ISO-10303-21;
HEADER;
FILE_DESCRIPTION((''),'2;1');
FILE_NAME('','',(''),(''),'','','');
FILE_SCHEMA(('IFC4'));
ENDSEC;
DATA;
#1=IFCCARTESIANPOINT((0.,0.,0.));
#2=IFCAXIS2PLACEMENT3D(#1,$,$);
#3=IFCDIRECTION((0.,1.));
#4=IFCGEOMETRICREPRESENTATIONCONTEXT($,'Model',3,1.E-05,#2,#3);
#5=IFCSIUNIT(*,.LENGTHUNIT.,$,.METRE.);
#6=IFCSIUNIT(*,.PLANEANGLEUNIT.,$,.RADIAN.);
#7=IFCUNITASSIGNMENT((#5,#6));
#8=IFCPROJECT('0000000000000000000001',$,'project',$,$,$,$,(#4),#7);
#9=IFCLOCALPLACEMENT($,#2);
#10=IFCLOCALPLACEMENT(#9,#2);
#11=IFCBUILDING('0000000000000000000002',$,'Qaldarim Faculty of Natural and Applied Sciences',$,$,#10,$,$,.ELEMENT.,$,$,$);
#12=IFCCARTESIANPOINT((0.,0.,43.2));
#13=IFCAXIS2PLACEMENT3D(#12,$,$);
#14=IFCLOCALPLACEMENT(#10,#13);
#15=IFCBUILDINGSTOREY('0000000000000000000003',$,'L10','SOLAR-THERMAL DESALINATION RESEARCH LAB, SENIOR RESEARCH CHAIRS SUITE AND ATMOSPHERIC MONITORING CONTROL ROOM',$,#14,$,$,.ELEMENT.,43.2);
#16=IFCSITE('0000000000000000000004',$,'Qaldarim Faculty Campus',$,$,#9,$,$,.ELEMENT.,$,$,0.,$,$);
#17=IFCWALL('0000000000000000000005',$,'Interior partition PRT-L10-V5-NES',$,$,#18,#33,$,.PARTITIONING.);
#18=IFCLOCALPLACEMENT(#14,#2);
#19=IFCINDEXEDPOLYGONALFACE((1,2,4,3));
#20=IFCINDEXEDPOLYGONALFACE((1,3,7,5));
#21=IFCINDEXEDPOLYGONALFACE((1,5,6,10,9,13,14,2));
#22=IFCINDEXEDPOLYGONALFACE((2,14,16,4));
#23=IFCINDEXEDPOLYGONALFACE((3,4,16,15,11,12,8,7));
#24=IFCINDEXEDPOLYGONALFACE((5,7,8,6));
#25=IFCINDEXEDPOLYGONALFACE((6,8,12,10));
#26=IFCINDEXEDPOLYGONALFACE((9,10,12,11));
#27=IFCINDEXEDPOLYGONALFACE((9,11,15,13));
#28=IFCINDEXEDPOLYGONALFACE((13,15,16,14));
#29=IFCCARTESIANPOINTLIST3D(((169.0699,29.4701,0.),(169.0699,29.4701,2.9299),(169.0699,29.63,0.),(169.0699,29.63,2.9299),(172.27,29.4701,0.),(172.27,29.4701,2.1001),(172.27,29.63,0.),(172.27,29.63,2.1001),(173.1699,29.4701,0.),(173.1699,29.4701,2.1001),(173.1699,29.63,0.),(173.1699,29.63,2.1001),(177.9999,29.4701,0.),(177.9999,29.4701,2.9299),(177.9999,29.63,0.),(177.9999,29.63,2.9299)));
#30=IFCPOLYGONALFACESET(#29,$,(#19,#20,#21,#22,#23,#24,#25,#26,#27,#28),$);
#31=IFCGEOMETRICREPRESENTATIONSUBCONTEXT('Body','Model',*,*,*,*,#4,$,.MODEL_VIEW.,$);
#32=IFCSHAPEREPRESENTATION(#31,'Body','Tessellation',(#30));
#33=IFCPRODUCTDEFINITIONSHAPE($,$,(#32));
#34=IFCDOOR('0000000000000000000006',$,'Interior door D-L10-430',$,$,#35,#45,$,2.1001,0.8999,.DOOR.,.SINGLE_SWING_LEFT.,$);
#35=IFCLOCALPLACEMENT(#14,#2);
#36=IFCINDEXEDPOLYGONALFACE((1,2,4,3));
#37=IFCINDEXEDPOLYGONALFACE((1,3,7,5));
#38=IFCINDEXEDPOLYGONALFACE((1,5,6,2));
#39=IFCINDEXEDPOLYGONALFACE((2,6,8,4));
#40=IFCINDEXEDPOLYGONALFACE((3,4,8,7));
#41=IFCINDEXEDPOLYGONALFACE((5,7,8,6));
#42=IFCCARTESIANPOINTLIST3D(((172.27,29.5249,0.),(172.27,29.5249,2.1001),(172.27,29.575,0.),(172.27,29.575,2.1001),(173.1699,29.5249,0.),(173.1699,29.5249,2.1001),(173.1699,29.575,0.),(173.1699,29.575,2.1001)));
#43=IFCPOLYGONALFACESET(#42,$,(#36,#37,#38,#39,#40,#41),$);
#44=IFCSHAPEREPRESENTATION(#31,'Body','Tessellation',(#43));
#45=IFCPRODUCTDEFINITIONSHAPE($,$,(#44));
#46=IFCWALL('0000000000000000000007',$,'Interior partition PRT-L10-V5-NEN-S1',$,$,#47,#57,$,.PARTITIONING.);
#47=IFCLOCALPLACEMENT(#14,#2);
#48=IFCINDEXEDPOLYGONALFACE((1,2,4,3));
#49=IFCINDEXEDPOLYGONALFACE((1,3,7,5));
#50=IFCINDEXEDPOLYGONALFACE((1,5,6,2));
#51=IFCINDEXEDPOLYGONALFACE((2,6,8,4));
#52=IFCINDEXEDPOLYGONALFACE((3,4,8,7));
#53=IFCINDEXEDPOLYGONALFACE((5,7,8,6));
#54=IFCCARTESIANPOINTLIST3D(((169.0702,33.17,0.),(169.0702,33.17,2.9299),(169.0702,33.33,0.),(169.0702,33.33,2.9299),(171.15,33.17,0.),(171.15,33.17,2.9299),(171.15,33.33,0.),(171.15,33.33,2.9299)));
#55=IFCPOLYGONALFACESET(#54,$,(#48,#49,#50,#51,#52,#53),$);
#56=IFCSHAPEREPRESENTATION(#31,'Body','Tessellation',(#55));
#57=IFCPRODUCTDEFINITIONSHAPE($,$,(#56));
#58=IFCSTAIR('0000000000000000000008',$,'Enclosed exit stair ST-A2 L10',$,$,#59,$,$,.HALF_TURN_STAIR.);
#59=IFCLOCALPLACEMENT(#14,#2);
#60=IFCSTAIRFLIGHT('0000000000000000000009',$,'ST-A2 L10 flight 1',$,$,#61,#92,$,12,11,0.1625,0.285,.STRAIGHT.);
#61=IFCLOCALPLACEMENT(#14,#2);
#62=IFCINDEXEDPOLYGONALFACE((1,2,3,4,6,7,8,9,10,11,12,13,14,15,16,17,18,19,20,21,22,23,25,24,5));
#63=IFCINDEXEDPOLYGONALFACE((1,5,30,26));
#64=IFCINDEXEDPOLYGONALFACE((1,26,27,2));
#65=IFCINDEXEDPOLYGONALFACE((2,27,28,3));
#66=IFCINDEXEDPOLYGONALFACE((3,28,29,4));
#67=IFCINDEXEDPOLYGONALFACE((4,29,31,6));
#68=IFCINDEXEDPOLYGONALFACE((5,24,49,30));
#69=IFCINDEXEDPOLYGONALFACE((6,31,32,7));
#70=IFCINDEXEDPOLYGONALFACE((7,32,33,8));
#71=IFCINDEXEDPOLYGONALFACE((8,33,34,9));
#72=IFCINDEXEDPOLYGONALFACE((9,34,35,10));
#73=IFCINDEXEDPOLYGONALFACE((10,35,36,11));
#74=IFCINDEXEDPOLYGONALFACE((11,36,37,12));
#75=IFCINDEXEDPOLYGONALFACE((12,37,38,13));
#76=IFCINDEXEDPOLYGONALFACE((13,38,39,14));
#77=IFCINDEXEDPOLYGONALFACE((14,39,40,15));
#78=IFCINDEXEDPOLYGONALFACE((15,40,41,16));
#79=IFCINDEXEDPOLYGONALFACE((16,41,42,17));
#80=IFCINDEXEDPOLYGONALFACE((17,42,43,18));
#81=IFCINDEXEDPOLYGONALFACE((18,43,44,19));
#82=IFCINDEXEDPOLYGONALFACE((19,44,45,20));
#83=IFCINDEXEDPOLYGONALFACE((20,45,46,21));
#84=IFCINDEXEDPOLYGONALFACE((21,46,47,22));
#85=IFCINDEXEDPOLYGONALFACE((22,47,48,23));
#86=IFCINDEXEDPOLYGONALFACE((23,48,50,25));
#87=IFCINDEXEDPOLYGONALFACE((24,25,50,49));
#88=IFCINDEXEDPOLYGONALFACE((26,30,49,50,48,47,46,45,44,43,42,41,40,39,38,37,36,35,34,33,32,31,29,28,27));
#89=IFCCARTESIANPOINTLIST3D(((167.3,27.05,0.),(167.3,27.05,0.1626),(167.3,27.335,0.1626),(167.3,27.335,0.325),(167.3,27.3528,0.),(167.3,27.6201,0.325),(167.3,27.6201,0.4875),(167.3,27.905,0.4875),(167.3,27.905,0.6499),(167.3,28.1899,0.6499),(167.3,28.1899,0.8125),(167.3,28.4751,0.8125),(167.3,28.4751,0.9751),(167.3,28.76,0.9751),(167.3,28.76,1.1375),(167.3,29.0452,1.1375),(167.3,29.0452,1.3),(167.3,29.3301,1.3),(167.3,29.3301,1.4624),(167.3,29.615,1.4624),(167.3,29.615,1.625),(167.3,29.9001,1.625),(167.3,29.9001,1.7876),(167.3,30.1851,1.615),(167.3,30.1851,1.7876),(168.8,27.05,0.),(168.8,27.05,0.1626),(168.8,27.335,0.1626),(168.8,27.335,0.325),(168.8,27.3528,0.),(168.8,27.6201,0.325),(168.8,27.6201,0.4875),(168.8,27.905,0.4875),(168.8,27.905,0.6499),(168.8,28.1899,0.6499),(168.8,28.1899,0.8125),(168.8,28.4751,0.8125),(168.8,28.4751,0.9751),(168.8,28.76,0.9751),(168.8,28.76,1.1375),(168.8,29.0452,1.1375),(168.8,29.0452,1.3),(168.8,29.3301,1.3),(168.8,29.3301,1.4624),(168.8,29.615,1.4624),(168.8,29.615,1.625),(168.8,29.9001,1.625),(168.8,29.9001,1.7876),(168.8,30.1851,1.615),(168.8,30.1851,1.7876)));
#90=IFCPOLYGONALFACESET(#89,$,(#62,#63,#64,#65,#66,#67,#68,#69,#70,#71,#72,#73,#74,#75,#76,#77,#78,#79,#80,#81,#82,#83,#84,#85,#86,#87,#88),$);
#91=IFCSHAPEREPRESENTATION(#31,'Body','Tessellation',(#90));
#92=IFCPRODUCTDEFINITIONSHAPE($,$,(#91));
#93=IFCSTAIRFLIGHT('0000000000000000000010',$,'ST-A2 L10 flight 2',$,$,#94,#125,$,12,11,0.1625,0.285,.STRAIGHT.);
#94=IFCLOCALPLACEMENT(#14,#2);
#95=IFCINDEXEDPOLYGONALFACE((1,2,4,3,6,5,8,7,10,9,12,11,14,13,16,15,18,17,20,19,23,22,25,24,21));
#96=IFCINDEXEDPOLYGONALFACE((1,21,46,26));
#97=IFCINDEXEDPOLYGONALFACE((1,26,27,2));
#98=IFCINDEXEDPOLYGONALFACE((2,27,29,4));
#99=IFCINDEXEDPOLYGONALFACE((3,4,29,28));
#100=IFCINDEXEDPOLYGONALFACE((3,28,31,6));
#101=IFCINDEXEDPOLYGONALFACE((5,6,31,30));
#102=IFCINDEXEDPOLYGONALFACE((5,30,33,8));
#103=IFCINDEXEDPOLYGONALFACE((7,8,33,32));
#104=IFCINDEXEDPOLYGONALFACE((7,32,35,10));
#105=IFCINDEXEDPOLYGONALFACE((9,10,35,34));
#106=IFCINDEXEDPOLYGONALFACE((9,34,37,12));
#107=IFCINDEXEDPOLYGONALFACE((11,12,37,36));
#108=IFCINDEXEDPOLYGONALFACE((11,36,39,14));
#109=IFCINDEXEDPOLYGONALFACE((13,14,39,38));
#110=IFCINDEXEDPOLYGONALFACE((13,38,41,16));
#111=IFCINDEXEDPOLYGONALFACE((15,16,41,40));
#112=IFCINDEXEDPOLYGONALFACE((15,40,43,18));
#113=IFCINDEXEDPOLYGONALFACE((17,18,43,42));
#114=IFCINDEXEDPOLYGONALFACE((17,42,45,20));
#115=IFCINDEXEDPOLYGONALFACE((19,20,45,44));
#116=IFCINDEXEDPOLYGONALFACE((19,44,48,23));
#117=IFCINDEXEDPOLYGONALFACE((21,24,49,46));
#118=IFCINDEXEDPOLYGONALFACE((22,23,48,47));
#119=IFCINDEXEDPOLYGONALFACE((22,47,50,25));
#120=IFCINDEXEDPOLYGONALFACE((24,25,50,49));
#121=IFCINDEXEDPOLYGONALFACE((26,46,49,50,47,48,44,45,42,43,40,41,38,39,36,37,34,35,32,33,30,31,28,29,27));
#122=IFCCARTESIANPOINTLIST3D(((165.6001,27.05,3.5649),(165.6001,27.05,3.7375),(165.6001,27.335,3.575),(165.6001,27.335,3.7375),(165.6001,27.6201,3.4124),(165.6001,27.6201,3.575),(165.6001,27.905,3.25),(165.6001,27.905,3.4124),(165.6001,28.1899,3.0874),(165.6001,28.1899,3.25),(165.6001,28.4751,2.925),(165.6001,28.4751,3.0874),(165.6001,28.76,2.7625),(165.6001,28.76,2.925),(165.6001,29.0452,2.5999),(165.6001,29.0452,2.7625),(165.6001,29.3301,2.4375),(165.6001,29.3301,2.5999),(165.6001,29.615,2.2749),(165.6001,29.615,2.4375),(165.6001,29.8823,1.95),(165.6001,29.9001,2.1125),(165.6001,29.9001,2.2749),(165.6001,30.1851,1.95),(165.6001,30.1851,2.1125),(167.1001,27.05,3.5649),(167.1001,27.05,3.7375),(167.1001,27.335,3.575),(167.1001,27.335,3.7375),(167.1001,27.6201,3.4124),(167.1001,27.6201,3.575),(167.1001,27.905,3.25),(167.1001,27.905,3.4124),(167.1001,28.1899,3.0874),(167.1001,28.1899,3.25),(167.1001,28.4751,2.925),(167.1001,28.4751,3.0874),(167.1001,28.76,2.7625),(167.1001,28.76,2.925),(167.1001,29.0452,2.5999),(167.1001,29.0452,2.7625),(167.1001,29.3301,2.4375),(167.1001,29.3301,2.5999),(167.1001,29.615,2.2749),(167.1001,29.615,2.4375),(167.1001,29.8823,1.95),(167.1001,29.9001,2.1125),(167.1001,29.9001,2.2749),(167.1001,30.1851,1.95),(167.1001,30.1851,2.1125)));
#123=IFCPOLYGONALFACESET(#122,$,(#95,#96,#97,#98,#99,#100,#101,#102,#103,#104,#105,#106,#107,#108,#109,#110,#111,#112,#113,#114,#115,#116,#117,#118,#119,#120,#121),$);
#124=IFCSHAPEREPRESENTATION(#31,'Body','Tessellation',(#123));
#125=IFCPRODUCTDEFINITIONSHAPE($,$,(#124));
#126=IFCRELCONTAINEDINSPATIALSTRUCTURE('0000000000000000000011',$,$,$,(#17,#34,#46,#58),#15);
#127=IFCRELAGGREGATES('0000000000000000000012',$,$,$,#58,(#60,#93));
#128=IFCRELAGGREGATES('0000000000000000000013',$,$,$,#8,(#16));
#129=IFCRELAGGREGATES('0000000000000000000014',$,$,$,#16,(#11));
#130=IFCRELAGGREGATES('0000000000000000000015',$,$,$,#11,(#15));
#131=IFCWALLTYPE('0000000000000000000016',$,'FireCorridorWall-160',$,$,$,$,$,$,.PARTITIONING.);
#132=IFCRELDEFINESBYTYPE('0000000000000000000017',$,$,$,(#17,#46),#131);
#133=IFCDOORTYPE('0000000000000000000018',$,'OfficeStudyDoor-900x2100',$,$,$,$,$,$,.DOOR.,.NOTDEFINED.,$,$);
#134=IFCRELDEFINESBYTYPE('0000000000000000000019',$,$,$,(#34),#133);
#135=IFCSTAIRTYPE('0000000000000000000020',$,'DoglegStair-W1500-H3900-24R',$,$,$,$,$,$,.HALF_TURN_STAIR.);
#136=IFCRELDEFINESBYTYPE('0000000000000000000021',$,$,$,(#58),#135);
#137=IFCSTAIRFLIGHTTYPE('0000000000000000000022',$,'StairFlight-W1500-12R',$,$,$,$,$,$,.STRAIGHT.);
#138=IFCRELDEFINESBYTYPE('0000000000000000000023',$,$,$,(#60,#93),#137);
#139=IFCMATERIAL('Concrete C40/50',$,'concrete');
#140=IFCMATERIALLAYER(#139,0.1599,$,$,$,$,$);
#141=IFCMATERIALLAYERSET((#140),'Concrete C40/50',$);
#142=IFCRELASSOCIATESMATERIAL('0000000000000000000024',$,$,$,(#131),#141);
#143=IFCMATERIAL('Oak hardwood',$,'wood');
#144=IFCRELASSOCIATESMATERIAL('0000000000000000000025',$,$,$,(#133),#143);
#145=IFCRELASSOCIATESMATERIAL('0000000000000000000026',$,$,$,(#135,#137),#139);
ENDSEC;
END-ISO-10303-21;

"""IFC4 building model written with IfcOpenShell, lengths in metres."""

from ifc_helpers import new_model, si_unit, direction, frame, frame_2d, origin, place, context, subcontext, project, spatial, polyline, rectangle, outline, extrude, material, layer, layer_set, type_object, element, fill, aggregate, save


model = new_model("IFC4")

# Units and contexts
model_context = context("Model", 3, precision=1e-05, world=origin(), true_north=direction((0.0, 1.0)))
body_context = subcontext(model_context, "Body", "Model", "MODEL_VIEW")
ifc_project = project(units=[si_unit("LENGTHUNIT", "METRE"), si_unit("PLANEANGLEUNIT", "RADIAN")], contexts=[model_context])

# Site, building, storey
site_placement = place(None, origin())
site = spatial("IfcSite", under=ifc_project, at=site_placement, Name="Qaldarim Faculty Campus", CompositionType="ELEMENT", RefElevation=0.0)
building_placement = place(site_placement, origin())
building = spatial("IfcBuilding", under=site, at=building_placement, Name="Qaldarim Faculty of Natural and Applied Sciences", CompositionType="ELEMENT")
storey_placement = place(building_placement, frame((0.0, 0.0, 43.2)))
storey = spatial("IfcBuildingStorey", under=building, at=storey_placement, Name="L10", Description="SOLAR-THERMAL DESALINATION RESEARCH LAB, SENIOR RESEARCH CHAIRS SUITE AND ATMOSPHERIC MONITORING CONTROL ROOM", CompositionType="ELEMENT", Elevation=43.2)

# Shared definitions
ifc_material_1 = material(Name="Concrete C40/50", Category="concrete")

# Shared definitions
ifc_layer_1 = layer(ifc_material_1, 0.1599)
ifc_layer_set_1 = layer_set([ifc_layer_1], Name="Concrete C40/50")
wall_type_1 = type_object("IfcWallType", Name="FireCorridorWall-160", PredefinedType="PARTITIONING", material=ifc_layer_set_1)
ifc_material_2 = material(Name="Oak hardwood", Category="wood")

# Wall, opening, door
wall_1_placement = place(storey_placement, frame((169.0701, 29.55, 0.0), z_axis=(0.0, 0.0, 1.0), x_axis=(1.0, 0.0, 0.0)))
wall_1 = element("IfcWall", 1, at=wall_1_placement, inside=storey, type_object=wall_type_1, Name="Interior partition PRT-L10-V5-NES", PredefinedType="PARTITIONING", context=body_context, shape_type="SweptSolid", body=[
    extrude(rectangle(XDim=8.9299, YDim=0.1599, at=frame_2d((4.4648, 0.0))), origin(), (0.0, 0.0, 1.0), 2.9299),
])
opening_1_placement = place(wall_1_placement, frame((3.2, 0.0, 0.0)))
opening_1 = element("IfcOpeningElement", 2, at=opening_1_placement, cuts=wall_1, PredefinedType="OPENING", context=body_context, shape_type="SweptSolid", body=[
    extrude(rectangle(XDim=0.8999, YDim=2.1001, at=frame_2d((0.45, 1.05))), frame((0.0, 0.0898, 0.0), z_axis=(0.0, -1.0, 0.0), x_axis=(1.0, 0.0, 0.0)), (0.0, 0.0, 1.0), 0.1799),
])
door_type_1 = type_object("IfcDoorType", Name="OfficeStudyDoor-900x2100", OperationType="NOTDEFINED", PredefinedType="DOOR", material=ifc_material_2)
door_1_placement = place(opening_1_placement, origin())
door_1 = element("IfcDoor", 3, at=door_1_placement, inside=storey, type_object=door_type_1, Name="Interior door D-L10-430", OperationType="SINGLE_SWING_LEFT", OverallHeight=2.1001, OverallWidth=0.8999, PredefinedType="DOOR", context=body_context, shape_type="SweptSolid", body=[
    extrude(rectangle(XDim=0.8999, YDim=2.1001, at=frame_2d((0.45, 1.05))), frame((0.0, 0.0249, 0.0), z_axis=(0.0, -1.0, 0.0), x_axis=(1.0, 0.0, 0.0)), (0.0, 0.0, 1.0), 0.05),
])
fill(opening_1, door_1)

# Wall
wall_2_placement = place(storey_placement, frame((169.0701, 33.25, 0.0), z_axis=(0.0, 0.0, 1.0), x_axis=(1.0, 0.0, 0.0)))
element("IfcWall", 4, at=wall_2_placement, inside=storey, type_object=wall_type_1, Name="Interior partition PRT-L10-V5-NEN-S1", PredefinedType="PARTITIONING", context=body_context, shape_type="SweptSolid", body=[
    extrude(rectangle(XDim=2.0798, YDim=0.1599, at=frame_2d((1.04, 0.0))), origin(), (0.0, 0.0, 1.0), 2.9299),
])

# Stair, stair flights
stair_type = type_object("IfcStairType", Name="DoglegStair-W1500-H3900-24R", PredefinedType="HALF_TURN_STAIR", material=ifc_material_1)
stair_placement = place(storey_placement, origin())
stair = element("IfcStair", 5, at=stair_placement, inside=storey, type_object=stair_type, Name="Enclosed exit stair ST-A2 L10", PredefinedType="HALF_TURN_STAIR")
stair_flight_type = type_object("IfcStairFlightType", Name="StairFlight-W1500-12R", PredefinedType="STRAIGHT", material=ifc_material_1)
stair_flight_1_placement = place(storey_placement, frame((168.05, 27.05, 0.0), z_axis=(0.0, 0.0, 1.0), x_axis=(0.0, 1.0, 0.0)))
stair_flight_1 = element("IfcStairFlight", 6, at=stair_flight_1_placement, type_object=stair_flight_type, Name="ST-A2 L10 flight 1", NumberOfRisers=12, NumberOfTreads=11, PredefinedType="STRAIGHT", RiserHeight=0.1625, TreadLength=0.285, context=body_context, shape_type="SweptSolid", body=[
    extrude(outline(polyline([(0.0, 0.0), (0.0, 0.1626), (0.2849, 0.1626), (0.2849, 0.325), (0.5701, 0.325), (0.5701, 0.4875), (0.855, 0.4875), (0.855, 0.6499), (1.1399, 0.6499), (1.1399, 0.8125), (1.425, 0.8125), (1.425, 0.9751), (1.71, 0.9751), (1.71, 1.1375), (1.9951, 1.1375), (1.9951, 1.3), (2.28, 1.3), (2.28, 1.4624), (2.5649, 1.4624), (2.5649, 1.625), (2.8501, 1.625), (2.8501, 1.7876), (3.135, 1.7876), (3.135, 1.95), (3.135, 1.615), (0.3027, 0.0), (0.0, 0.0)])), frame((0.0, 0.75, 0.0), z_axis=(0.0, -1.0, 0.0), x_axis=(1.0, 0.0, 0.0)), (0.0, 0.0, 1.0), 1.5),
])
stair_flight_2_placement = place(storey_placement, frame((166.3501, 30.1851, 1.95), z_axis=(0.0, 0.0, 1.0), x_axis=(0.0, -1.0, 0.0)))
stair_flight_2 = element("IfcStairFlight", 7, at=stair_flight_2_placement, type_object=stair_flight_type, Name="ST-A2 L10 flight 2", NumberOfRisers=12, NumberOfTreads=11, PredefinedType="STRAIGHT", RiserHeight=0.1625, TreadLength=0.285, context=body_context, shape_type="SweptSolid", body=[
    extrude(outline(polyline([(0.0, 0.0), (0.0, 0.1626), (0.2849, 0.1626), (0.2849, 0.325), (0.5701, 0.325), (0.5701, 0.4875), (0.855, 0.4875), (0.855, 0.6499), (1.1399, 0.6499), (1.1399, 0.8125), (1.425, 0.8125), (1.425, 0.9751), (1.71, 0.9751), (1.71, 1.1375), (1.9951, 1.1375), (1.9951, 1.3), (2.28, 1.3), (2.28, 1.4624), (2.5649, 1.4624), (2.5649, 1.625), (2.8501, 1.625), (2.8501, 1.7876), (3.135, 1.7876), (3.135, 1.95), (3.135, 1.615), (0.3027, 0.0), (0.0, 0.0)])), frame((0.0, 0.75, 0.0), z_axis=(0.0, -1.0, 0.0), x_axis=(1.0, 0.0, 0.0)), (0.0, 0.0, 1.0), 1.5),
])
aggregate(stair, [stair_flight_1, stair_flight_2])

save(model, "model.ifc")
